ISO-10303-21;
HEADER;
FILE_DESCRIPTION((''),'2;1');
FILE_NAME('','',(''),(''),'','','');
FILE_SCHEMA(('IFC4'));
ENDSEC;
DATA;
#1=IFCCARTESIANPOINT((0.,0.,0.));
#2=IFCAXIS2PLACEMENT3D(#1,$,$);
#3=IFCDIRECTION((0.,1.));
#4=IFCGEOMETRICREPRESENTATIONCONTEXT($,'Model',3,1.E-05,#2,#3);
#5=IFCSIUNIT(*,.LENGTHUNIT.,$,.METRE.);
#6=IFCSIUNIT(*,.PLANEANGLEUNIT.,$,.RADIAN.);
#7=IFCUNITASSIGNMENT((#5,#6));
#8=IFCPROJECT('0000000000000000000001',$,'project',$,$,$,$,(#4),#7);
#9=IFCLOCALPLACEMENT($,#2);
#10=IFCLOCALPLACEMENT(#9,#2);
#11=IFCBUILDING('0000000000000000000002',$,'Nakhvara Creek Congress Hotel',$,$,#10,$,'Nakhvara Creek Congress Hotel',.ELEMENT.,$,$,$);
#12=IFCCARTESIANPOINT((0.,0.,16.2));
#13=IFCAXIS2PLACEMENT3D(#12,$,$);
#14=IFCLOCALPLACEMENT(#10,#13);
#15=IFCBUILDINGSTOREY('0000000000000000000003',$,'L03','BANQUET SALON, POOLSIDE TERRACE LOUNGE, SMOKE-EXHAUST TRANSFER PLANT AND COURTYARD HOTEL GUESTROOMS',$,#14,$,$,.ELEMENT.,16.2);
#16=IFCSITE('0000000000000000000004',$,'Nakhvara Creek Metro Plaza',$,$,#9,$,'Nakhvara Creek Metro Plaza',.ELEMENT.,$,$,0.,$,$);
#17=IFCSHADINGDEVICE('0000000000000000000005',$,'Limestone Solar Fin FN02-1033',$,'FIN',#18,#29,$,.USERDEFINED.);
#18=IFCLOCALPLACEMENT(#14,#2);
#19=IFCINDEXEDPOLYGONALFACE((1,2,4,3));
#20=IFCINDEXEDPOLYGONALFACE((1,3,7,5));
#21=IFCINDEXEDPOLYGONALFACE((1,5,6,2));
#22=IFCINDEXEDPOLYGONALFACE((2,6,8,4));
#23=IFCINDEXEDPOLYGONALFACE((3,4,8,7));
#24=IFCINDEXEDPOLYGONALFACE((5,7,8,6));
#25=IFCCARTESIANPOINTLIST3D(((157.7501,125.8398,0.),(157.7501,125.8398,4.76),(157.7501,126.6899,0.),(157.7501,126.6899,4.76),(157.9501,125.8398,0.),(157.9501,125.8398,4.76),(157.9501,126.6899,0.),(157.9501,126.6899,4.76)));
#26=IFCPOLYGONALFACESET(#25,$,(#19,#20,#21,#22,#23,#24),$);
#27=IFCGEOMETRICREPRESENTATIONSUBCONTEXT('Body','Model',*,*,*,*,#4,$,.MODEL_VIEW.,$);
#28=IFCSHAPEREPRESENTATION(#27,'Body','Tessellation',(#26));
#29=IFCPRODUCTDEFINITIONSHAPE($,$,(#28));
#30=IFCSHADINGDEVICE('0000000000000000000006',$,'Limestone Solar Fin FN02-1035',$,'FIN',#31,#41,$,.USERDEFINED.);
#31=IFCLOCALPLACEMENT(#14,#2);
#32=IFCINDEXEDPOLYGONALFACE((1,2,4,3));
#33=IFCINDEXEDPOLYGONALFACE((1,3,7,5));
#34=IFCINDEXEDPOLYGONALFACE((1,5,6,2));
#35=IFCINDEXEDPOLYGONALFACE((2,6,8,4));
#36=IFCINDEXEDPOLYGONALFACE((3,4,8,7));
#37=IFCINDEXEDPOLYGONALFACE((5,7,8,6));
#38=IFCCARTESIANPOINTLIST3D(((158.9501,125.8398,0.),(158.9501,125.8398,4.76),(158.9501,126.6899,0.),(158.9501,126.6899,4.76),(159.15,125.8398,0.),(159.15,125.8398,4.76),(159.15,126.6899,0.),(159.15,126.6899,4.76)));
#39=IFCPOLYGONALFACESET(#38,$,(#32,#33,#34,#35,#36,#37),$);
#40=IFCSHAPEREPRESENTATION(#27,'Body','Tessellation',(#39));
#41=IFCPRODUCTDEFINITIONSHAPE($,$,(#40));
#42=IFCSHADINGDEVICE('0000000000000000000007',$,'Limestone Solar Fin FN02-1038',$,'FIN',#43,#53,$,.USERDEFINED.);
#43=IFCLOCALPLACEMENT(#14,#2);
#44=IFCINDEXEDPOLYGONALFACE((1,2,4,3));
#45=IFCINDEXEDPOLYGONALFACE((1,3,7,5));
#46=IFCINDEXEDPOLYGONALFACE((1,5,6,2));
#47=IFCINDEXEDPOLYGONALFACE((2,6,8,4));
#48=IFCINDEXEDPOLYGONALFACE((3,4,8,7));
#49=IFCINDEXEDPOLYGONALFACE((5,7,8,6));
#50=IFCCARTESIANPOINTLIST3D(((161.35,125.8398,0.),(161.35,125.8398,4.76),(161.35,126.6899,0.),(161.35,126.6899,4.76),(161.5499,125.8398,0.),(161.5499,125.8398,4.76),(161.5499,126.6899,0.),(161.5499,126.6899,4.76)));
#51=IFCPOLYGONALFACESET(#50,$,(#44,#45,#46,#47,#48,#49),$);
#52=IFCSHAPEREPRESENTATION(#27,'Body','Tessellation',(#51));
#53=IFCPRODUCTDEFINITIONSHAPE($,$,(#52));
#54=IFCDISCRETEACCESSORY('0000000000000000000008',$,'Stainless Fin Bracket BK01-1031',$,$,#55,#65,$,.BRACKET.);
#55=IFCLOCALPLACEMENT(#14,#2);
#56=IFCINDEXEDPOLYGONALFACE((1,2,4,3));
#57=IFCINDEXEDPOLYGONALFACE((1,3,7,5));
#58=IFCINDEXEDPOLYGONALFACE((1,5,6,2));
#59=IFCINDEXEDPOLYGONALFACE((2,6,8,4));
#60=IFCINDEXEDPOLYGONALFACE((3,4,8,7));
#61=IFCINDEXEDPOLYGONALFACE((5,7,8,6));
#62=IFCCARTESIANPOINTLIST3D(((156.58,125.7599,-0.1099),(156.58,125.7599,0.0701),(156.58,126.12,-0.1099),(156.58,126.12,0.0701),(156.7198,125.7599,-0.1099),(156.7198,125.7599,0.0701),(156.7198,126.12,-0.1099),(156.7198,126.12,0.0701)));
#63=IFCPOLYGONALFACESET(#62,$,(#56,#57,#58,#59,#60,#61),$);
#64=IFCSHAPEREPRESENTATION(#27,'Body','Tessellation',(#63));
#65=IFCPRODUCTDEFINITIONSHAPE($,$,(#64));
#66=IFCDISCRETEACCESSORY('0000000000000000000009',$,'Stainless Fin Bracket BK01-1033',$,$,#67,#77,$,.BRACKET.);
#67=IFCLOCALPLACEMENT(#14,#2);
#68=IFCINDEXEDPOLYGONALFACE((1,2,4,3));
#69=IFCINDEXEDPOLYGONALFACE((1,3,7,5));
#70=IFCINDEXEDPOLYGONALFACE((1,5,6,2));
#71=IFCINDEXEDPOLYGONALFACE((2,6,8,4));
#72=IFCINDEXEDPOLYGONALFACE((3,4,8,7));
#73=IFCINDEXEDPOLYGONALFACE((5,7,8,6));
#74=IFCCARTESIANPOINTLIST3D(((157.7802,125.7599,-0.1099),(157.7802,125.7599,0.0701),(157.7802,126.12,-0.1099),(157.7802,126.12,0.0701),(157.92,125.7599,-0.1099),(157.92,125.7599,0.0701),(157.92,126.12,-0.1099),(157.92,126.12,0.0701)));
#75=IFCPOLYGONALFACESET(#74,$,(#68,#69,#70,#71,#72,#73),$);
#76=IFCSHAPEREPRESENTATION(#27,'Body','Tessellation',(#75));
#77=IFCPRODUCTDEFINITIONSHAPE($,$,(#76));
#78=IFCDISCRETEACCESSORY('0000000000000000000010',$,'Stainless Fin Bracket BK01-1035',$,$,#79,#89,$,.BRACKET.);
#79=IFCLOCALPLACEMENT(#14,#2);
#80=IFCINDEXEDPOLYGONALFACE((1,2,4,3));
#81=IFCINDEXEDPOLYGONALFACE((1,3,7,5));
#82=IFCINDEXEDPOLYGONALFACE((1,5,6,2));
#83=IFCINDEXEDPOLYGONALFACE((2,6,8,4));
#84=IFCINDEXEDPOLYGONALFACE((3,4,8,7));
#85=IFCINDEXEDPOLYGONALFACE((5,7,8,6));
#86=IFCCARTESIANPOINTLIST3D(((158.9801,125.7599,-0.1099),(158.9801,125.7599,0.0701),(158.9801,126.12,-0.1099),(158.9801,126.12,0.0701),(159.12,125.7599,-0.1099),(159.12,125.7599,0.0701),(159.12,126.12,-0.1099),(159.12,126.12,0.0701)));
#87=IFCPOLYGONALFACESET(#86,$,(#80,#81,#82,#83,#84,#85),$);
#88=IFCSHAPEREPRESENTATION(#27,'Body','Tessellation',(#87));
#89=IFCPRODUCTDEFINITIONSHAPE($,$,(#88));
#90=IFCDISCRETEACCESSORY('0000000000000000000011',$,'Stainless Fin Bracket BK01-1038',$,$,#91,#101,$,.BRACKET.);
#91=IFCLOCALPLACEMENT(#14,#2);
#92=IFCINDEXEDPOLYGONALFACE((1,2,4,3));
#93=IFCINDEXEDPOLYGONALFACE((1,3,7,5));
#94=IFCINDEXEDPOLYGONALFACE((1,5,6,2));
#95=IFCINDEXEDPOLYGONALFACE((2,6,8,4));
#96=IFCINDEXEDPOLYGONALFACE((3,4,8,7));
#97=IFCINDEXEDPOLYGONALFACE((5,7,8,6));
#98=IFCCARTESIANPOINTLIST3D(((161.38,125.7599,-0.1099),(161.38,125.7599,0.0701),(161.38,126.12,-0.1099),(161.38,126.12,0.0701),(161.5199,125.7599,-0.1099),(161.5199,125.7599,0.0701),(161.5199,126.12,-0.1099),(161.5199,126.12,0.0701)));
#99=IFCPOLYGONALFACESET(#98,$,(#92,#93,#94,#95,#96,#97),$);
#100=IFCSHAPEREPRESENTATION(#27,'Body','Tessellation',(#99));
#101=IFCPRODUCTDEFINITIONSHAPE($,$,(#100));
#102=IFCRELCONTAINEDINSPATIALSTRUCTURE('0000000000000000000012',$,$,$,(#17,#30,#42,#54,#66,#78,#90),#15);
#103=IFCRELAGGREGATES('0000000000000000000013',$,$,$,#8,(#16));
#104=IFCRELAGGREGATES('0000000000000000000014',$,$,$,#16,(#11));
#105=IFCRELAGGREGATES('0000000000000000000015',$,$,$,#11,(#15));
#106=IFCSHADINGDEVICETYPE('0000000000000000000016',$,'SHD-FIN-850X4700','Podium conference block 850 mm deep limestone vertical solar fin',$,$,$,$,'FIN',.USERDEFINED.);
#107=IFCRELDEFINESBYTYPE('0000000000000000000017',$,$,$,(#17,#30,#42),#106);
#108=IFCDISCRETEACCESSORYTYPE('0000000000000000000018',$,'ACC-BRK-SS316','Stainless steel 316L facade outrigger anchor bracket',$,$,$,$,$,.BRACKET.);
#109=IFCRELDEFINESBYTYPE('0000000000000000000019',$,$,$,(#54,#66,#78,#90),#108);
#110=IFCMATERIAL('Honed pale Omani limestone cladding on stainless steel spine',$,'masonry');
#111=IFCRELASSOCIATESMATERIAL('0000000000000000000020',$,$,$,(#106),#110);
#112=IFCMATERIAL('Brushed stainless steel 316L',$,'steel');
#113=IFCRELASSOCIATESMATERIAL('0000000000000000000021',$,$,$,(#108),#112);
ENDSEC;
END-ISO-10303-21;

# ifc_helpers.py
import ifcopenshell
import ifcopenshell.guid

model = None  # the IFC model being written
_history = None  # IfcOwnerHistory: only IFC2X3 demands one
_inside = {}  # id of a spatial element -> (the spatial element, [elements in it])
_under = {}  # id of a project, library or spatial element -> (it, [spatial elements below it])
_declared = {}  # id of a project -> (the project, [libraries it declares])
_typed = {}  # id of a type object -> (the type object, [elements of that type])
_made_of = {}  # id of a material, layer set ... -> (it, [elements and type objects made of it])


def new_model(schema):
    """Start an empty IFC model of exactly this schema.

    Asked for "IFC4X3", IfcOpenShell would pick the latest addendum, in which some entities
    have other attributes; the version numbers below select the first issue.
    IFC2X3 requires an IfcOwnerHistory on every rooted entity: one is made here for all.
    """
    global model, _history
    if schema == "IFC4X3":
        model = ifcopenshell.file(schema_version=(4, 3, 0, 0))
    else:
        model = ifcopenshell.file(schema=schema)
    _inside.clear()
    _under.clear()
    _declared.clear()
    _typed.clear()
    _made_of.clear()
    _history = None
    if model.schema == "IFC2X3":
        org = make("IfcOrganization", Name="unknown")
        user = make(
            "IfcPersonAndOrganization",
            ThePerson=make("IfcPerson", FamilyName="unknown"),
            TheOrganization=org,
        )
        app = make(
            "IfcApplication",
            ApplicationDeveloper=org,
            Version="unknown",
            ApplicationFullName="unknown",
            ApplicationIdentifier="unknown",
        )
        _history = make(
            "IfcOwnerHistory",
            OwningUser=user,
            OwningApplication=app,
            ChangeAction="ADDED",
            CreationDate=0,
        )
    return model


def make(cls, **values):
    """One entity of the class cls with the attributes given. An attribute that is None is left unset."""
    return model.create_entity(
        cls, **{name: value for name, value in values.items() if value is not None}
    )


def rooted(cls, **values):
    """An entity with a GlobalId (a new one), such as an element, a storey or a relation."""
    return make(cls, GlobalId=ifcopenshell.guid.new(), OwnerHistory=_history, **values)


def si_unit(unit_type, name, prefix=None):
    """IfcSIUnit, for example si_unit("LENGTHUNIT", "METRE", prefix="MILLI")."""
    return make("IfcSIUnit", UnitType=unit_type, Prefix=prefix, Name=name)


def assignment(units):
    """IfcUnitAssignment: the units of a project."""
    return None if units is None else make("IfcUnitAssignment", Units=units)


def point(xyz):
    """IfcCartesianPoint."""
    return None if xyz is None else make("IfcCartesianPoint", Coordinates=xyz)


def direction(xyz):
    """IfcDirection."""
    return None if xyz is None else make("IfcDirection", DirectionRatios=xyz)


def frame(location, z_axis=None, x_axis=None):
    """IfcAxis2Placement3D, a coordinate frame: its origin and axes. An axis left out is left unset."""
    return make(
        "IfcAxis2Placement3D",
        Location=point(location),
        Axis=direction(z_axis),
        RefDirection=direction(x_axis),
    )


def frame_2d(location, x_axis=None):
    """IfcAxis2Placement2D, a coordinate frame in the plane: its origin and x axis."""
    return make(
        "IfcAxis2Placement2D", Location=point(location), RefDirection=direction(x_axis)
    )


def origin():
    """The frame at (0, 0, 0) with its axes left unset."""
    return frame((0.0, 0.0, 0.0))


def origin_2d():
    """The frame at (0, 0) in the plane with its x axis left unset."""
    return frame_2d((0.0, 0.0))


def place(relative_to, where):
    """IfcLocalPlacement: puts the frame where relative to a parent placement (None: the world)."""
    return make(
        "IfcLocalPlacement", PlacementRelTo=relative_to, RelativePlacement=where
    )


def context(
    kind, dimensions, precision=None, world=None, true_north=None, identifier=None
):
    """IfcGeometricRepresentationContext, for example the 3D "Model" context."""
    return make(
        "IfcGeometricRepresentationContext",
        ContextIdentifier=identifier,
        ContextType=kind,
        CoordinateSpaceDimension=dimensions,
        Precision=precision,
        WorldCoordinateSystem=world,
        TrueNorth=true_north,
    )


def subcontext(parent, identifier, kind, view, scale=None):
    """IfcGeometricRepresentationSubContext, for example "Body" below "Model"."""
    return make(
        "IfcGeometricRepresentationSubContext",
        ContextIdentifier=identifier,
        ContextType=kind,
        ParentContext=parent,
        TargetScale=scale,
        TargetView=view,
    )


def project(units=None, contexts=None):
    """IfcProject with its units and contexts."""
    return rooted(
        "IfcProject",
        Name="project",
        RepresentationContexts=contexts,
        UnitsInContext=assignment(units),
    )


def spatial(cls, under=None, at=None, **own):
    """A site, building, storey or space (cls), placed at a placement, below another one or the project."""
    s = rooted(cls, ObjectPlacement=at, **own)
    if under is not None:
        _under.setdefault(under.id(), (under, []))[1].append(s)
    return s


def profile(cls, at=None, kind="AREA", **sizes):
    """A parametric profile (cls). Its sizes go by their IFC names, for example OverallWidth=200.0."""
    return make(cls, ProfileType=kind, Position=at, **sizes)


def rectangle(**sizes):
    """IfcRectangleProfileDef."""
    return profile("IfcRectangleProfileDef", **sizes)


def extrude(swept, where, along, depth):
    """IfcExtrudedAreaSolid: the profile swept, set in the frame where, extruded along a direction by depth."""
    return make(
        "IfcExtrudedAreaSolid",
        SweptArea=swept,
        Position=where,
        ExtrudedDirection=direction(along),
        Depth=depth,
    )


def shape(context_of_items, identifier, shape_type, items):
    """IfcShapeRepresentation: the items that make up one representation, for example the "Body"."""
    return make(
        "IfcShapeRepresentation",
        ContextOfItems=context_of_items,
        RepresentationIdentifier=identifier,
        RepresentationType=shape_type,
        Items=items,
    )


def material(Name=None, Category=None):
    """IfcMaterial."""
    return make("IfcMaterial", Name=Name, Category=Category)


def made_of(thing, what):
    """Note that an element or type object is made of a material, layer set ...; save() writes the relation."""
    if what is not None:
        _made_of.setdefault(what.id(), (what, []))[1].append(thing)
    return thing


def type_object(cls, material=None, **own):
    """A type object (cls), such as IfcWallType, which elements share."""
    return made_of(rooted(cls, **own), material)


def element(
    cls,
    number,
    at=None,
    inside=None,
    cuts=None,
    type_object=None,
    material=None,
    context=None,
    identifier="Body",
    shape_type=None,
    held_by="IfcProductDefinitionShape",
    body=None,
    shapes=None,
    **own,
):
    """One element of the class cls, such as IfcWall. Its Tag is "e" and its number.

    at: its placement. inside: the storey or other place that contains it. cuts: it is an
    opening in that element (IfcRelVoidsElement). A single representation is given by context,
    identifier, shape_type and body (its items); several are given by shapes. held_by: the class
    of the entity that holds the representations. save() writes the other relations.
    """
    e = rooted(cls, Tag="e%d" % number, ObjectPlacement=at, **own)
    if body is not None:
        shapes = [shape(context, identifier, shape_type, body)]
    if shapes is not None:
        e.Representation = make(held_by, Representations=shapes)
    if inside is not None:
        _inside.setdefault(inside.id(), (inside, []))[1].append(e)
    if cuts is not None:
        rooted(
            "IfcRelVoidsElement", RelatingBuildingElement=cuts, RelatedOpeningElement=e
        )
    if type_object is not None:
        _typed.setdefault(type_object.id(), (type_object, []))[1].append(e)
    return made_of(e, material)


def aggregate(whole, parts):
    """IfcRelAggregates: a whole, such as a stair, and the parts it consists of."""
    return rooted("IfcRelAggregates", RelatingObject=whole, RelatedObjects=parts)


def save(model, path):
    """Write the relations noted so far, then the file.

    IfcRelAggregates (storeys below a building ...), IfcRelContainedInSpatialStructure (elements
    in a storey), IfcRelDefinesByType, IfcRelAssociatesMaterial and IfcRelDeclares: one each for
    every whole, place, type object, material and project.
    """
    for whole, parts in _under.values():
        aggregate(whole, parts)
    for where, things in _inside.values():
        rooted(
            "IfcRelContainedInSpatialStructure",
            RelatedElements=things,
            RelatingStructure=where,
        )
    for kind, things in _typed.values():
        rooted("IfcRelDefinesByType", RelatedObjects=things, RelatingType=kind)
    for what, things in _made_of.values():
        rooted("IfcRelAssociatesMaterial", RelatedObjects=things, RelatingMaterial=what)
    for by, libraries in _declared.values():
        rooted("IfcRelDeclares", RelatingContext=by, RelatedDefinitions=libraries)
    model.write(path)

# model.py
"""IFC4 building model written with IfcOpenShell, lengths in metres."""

from ifc_helpers import new_model, si_unit, direction, frame, origin, origin_2d, place, context, subcontext, project, spatial, rectangle, extrude, material, type_object, element, save


model = new_model("IFC4")

# Units and contexts
model_context = context("Model", 3, precision=1e-05, world=origin(), true_north=direction((0.0, 1.0)))
body_context = subcontext(model_context, "Body", "Model", "MODEL_VIEW")
ifc_project = project(units=[si_unit("LENGTHUNIT", "METRE"), si_unit("PLANEANGLEUNIT", "RADIAN")], contexts=[model_context])

# Site, building, storey
site_placement = place(None, origin())
site = spatial("IfcSite", under=ifc_project, at=site_placement, Name="Nakhvara Creek Metro Plaza", LongName="Nakhvara Creek Metro Plaza", CompositionType="ELEMENT", RefElevation=0.0)
building_placement = place(site_placement, origin())
building = spatial("IfcBuilding", under=site, at=building_placement, Name="Nakhvara Creek Congress Hotel", LongName="Nakhvara Creek Congress Hotel", CompositionType="ELEMENT")
storey_placement = place(building_placement, frame((0.0, 0.0, 16.2)))
storey = spatial("IfcBuildingStorey", under=building, at=storey_placement, Name="L03", Description="BANQUET SALON, POOLSIDE TERRACE LOUNGE, SMOKE-EXHAUST TRANSFER PLANT AND COURTYARD HOTEL GUESTROOMS", CompositionType="ELEMENT", Elevation=16.2)

# Shading devices
ifc_material_1 = material(Name="Honed pale Omani limestone cladding on stainless steel spine", Category="masonry")
shading_device_type = type_object("IfcShadingDeviceType", Name="SHD-FIN-850X4700", Description="Podium conference block 850 mm deep limestone vertical solar fin", ElementType="FIN", PredefinedType="USERDEFINED", material=ifc_material_1)
for number, where, z_axis, x_axis, name in (
    (1, (157.8501, 126.2649, 0.0), (0.0, 0.0, 1.0), (1.0, 0.0, 0.0), "Limestone Solar Fin FN02-1033"),
    (2, (159.05, 126.2649, 0.0), (0.0, 0.0, 1.0), (1.0, 0.0, 0.0), "Limestone Solar Fin FN02-1035"),
    (3, (161.45, 126.2649, 0.0), (0.0, 0.0, 1.0), (1.0, 0.0, 0.0), "Limestone Solar Fin FN02-1038"),
):
    element("IfcShadingDevice", number, at=place(storey_placement, frame(where, z_axis=z_axis, x_axis=x_axis)), inside=storey, type_object=shading_device_type, Name=name, ObjectType="FIN", PredefinedType="USERDEFINED", context=body_context, shape_type="SweptSolid", body=[
        extrude(rectangle(XDim=0.2, YDim=0.8501, at=origin_2d()), origin(), (0.0, 0.0, 1.0), 4.76),
    ])

# Discrete accessories
ifc_material_2 = material(Name="Brushed stainless steel 316L", Category="steel")
discrete_accessory_type = type_object("IfcDiscreteAccessoryType", Name="ACC-BRK-SS316", Description="Stainless steel 316L facade outrigger anchor bracket", PredefinedType="BRACKET", material=ifc_material_2)
for number, where, z_axis, x_axis, name in (
    (4, (156.6499, 125.9399, -0.1099), (0.0, 0.0, 1.0), (1.0, 0.0, 0.0), "Stainless Fin Bracket BK01-1031"),
    (5, (157.8501, 125.9399, -0.1099), (0.0, 0.0, 1.0), (1.0, 0.0, 0.0), "Stainless Fin Bracket BK01-1033"),
    (6, (159.05, 125.9399, -0.1099), (0.0, 0.0, 1.0), (1.0, 0.0, 0.0), "Stainless Fin Bracket BK01-1035"),
    (7, (161.45, 125.9399, -0.1099), (0.0, 0.0, 1.0), (1.0, 0.0, 0.0), "Stainless Fin Bracket BK01-1038"),
):
    element("IfcDiscreteAccessory", number, at=place(storey_placement, frame(where, z_axis=z_axis, x_axis=x_axis)), inside=storey, type_object=discrete_accessory_type, Name=name, PredefinedType="BRACKET", context=body_context, shape_type="SweptSolid", body=[
        extrude(rectangle(XDim=0.1399, YDim=0.3601, at=origin_2d()), origin(), (0.0, 0.0, 1.0), 0.1799),
    ])

save(model, "model.ifc")
